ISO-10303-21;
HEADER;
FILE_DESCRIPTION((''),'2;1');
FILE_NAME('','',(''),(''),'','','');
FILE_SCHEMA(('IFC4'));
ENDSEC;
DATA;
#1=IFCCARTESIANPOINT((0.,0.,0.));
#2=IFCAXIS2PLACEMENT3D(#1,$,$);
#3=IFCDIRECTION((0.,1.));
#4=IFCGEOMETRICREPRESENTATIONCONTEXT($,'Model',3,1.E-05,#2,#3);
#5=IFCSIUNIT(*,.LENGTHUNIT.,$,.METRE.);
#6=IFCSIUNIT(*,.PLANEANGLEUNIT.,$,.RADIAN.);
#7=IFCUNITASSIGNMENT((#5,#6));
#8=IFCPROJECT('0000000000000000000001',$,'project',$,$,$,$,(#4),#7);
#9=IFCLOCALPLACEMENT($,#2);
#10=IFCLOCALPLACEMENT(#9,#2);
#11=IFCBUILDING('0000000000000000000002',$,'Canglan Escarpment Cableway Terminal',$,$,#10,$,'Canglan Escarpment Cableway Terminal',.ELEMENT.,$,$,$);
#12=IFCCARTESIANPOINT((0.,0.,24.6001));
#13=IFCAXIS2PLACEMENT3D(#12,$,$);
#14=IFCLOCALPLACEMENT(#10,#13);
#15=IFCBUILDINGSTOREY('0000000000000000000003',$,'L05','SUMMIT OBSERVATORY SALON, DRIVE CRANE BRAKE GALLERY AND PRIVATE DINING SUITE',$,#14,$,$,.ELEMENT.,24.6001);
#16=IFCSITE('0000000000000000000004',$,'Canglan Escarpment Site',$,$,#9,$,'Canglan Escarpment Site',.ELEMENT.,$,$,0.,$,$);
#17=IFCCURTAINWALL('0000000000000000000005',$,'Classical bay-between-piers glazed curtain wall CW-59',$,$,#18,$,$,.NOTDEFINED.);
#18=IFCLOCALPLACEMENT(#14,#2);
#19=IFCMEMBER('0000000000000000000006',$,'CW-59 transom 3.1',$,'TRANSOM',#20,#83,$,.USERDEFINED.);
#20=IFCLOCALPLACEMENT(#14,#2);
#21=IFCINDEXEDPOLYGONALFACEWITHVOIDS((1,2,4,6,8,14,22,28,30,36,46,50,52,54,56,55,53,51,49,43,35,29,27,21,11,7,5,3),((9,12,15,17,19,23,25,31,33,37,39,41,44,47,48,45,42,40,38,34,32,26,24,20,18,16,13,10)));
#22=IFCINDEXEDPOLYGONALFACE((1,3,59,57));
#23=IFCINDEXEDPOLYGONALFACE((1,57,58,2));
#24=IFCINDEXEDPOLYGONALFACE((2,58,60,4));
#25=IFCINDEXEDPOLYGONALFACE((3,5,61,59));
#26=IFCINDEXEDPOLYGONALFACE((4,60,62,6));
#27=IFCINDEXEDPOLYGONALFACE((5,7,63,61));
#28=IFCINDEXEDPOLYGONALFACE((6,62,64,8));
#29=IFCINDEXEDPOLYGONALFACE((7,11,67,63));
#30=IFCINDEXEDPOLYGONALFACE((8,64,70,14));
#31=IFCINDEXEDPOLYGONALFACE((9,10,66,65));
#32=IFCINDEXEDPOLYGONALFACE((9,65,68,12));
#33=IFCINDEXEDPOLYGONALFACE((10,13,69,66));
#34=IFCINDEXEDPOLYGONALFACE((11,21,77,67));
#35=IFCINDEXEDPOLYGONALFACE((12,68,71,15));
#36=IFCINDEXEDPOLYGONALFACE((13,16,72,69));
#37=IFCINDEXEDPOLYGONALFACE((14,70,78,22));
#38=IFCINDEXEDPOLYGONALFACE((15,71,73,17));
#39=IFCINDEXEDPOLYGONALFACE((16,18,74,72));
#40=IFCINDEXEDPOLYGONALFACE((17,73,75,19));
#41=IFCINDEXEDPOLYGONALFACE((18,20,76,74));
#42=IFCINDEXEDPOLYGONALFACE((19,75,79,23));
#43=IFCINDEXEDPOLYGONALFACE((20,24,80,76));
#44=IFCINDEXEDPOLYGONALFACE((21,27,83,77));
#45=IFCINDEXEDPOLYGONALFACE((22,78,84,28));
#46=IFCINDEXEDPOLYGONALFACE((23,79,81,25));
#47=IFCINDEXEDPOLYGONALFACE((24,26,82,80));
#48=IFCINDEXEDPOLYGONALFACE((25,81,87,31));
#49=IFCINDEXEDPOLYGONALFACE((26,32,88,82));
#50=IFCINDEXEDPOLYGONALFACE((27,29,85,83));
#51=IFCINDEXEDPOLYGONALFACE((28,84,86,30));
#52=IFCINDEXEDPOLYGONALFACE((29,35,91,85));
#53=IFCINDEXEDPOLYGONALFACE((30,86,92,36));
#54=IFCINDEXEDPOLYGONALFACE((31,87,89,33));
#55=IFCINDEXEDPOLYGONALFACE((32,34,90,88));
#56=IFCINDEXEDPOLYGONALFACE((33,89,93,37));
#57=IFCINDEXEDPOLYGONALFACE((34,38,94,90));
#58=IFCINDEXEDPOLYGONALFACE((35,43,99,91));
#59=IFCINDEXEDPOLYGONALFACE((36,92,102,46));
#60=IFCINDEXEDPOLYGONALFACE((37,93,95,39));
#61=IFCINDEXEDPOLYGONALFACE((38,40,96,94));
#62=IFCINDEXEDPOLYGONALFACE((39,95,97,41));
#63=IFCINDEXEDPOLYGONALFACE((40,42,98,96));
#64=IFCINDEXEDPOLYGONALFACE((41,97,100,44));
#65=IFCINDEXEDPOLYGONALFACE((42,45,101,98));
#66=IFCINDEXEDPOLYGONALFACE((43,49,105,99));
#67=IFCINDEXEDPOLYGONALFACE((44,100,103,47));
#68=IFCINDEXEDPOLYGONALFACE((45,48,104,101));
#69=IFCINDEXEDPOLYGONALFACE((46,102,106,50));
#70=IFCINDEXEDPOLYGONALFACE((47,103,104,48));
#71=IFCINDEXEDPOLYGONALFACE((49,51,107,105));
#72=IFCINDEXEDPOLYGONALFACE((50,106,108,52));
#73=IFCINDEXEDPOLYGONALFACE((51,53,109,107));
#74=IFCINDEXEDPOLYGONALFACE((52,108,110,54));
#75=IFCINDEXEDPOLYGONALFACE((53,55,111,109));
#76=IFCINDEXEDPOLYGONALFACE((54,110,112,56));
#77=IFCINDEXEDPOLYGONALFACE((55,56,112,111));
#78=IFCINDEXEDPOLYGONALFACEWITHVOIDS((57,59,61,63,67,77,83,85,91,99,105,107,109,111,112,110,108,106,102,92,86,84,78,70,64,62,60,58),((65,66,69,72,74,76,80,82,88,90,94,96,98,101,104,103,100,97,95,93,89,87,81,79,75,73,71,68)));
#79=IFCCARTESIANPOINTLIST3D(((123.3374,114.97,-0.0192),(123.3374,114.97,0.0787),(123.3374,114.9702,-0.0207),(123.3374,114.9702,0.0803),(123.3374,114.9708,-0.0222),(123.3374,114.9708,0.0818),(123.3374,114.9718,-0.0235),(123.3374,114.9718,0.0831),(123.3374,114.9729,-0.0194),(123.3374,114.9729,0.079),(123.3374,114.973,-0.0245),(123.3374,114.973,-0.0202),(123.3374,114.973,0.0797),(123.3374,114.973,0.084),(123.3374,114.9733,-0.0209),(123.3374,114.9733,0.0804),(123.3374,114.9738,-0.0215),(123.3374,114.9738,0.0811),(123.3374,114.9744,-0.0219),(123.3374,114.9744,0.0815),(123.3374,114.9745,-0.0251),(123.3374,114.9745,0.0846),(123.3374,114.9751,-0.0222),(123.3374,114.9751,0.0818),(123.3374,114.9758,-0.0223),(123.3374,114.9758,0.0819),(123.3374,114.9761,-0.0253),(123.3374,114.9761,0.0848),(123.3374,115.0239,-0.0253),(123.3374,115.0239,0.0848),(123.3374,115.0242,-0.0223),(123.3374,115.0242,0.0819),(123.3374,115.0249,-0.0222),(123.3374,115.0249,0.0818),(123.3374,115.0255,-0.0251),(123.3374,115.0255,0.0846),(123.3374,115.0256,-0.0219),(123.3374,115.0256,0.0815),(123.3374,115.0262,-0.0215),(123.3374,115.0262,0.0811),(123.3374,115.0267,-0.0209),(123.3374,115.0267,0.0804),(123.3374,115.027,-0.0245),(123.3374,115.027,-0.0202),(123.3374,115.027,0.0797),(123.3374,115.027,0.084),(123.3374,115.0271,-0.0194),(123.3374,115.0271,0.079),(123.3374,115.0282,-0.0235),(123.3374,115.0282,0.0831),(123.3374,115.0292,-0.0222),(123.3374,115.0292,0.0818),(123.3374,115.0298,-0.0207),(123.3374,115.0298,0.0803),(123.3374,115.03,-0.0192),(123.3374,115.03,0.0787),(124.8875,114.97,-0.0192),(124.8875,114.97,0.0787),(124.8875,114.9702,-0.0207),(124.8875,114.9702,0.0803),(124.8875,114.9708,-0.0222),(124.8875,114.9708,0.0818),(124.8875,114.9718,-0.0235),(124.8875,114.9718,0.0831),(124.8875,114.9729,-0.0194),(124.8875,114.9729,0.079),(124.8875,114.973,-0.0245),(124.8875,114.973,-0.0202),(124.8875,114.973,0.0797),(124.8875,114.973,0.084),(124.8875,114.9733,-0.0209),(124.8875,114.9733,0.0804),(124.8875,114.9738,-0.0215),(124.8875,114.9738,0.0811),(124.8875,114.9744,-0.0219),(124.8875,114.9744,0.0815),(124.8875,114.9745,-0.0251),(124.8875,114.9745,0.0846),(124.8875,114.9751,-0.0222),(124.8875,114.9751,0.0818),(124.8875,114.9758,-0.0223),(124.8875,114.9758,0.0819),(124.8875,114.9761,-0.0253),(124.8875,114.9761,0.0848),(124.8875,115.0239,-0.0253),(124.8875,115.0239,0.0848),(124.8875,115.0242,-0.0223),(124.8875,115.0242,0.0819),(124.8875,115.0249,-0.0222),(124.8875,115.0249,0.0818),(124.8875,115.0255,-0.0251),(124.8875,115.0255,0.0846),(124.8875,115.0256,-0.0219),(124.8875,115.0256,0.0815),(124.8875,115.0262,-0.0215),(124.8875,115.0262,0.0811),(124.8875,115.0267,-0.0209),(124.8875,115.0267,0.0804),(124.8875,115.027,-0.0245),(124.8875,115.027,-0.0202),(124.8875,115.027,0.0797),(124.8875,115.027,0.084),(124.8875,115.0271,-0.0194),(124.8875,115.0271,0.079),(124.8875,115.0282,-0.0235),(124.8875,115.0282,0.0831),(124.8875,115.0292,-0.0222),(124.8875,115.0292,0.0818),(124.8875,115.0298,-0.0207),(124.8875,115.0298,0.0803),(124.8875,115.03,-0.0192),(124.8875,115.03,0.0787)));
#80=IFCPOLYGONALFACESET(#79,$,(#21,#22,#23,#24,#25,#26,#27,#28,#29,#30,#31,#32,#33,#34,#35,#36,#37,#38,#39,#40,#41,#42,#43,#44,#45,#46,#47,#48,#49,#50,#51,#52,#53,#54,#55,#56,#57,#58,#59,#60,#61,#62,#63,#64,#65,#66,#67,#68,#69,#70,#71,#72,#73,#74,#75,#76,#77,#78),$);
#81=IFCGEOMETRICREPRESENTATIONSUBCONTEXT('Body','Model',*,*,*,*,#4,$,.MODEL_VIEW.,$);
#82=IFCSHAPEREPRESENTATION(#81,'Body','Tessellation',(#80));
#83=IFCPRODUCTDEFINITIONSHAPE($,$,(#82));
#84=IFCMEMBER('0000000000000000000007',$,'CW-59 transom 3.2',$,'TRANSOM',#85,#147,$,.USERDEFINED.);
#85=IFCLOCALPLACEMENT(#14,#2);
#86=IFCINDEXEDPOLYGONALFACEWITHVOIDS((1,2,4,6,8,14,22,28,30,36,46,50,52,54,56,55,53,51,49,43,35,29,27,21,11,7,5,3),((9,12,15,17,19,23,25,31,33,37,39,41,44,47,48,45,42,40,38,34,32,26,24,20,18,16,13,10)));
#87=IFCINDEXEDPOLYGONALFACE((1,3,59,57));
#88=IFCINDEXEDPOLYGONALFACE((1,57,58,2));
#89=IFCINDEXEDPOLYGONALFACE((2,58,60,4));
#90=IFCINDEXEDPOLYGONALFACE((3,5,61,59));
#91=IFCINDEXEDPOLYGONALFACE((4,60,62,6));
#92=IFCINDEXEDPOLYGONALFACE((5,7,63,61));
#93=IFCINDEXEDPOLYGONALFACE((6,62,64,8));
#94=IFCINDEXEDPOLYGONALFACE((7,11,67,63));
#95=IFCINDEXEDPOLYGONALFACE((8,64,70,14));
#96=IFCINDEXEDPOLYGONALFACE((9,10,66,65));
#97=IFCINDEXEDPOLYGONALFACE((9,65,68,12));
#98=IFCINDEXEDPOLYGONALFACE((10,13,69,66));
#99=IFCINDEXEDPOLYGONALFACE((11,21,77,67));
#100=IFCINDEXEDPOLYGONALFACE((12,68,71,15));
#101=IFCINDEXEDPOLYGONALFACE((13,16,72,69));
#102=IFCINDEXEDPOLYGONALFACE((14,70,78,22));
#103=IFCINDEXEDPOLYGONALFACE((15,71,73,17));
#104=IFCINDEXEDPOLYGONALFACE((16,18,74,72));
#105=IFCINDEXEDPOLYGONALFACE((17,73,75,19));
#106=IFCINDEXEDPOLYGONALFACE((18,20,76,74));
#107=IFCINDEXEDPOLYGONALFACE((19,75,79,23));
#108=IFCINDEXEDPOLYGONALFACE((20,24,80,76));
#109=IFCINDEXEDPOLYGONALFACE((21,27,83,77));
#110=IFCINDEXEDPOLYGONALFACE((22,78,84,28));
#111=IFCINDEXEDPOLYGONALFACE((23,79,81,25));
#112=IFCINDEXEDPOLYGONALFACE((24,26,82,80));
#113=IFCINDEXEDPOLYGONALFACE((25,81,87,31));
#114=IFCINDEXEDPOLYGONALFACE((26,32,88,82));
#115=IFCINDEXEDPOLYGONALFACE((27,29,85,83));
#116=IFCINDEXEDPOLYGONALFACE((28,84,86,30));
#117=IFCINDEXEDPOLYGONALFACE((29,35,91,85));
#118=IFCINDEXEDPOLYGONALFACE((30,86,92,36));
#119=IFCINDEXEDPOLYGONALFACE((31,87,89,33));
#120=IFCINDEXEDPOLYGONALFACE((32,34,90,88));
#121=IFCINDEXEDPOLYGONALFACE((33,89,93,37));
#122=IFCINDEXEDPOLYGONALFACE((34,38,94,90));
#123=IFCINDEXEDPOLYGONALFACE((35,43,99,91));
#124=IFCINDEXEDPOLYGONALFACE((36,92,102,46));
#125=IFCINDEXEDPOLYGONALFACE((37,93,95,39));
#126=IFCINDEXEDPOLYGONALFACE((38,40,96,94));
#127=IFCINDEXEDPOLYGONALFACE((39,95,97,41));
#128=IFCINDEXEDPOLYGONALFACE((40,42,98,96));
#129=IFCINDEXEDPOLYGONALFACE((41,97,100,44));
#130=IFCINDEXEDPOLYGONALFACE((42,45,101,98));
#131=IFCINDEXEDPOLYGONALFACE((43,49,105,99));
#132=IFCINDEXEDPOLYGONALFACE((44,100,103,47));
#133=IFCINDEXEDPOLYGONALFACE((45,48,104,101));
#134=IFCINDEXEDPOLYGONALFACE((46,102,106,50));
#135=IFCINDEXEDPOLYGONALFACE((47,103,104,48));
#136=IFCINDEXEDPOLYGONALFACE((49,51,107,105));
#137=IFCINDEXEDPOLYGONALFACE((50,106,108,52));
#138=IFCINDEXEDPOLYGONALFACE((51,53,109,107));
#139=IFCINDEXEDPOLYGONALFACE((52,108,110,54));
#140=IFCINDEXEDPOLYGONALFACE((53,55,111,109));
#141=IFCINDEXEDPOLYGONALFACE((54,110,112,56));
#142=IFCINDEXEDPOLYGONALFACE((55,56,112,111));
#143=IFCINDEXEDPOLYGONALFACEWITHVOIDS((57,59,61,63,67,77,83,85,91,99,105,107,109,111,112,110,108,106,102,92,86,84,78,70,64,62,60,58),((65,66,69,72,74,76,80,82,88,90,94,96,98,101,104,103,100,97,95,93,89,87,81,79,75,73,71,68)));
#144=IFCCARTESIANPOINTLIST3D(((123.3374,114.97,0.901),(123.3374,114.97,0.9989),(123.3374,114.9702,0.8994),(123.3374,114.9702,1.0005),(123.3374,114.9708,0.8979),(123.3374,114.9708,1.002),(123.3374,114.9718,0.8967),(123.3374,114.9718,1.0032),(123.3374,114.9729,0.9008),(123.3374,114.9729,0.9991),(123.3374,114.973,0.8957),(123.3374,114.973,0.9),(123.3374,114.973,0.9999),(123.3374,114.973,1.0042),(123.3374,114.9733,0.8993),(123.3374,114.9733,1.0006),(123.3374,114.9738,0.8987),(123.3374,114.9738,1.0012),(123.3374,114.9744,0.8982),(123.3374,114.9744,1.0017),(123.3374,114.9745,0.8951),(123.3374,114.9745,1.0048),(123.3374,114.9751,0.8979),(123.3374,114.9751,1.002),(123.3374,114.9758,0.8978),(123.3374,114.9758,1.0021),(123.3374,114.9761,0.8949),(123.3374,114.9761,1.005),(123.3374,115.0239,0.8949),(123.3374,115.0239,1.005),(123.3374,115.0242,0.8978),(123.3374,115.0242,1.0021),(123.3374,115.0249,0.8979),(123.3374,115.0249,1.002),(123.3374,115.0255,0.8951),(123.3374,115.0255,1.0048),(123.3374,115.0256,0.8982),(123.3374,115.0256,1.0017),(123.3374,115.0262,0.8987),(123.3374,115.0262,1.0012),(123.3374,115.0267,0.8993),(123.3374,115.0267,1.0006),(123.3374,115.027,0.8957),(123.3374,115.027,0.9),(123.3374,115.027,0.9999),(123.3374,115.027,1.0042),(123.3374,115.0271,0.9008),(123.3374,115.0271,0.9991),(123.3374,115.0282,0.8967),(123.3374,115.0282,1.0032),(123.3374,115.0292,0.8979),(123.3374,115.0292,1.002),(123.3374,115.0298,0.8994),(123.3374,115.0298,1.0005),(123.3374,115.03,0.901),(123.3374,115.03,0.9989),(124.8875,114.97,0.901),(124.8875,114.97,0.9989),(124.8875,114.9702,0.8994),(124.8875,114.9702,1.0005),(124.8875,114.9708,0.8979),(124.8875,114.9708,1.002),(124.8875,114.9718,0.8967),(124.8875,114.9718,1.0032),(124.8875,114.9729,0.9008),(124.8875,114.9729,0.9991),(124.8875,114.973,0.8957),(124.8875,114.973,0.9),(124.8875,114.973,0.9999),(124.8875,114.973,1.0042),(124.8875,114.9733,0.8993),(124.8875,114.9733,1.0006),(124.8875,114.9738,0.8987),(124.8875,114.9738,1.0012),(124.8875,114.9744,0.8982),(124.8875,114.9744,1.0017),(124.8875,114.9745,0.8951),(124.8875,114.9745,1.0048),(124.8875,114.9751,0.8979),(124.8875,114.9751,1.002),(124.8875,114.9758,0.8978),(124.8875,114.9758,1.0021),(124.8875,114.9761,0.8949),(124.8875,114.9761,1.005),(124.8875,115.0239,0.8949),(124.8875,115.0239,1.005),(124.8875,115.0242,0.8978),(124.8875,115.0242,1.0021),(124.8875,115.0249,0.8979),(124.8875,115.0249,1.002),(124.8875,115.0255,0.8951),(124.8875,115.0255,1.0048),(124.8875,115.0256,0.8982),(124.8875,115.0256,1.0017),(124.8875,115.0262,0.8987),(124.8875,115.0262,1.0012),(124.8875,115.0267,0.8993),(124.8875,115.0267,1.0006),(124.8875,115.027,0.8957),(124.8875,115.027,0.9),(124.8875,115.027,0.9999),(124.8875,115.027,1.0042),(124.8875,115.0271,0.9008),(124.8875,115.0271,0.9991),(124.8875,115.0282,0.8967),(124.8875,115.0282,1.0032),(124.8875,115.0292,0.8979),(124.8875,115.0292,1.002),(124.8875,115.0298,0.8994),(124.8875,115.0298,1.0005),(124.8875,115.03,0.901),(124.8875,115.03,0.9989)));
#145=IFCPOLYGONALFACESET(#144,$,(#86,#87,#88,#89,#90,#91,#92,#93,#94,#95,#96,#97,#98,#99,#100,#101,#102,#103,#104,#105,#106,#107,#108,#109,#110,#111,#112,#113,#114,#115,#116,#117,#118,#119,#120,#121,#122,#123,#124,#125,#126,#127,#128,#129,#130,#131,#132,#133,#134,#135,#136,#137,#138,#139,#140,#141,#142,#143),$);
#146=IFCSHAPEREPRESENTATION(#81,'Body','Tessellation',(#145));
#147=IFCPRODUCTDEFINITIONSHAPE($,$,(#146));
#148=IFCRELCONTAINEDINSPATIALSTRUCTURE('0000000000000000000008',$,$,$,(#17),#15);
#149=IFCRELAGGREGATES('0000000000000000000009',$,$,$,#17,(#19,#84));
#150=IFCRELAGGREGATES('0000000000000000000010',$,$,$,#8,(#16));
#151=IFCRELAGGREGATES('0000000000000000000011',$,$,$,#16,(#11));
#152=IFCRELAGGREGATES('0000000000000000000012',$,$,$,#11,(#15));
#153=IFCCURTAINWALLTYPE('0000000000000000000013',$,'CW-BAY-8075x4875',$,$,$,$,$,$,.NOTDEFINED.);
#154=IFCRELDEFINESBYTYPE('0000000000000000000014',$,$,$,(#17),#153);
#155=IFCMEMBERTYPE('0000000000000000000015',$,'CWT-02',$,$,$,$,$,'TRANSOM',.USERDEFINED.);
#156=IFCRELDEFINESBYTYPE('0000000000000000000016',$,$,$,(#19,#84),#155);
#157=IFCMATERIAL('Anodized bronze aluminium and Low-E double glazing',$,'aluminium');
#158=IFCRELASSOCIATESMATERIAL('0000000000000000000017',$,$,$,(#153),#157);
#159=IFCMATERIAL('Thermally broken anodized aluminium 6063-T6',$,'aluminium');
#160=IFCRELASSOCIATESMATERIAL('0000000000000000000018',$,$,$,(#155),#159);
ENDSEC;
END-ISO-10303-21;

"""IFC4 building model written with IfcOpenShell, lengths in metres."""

from ifc_helpers import new_model, si_unit, direction, frame, origin, origin_2d, place, context, subcontext, project, spatial, hollow_rectangle, extrude, material, material_profile, profile_set, type_object, element, aggregate, save


model = new_model("IFC4")

# Units and contexts
model_context = context("Model", 3, precision=1e-05, world=origin(), true_north=direction((0.0, 1.0)))
body_context = subcontext(model_context, "Body", "Model", "MODEL_VIEW")
ifc_project = project(units=[si_unit("LENGTHUNIT", "METRE"), si_unit("PLANEANGLEUNIT", "RADIAN")], contexts=[model_context])

# Site, building, storey
site_placement = place(None, origin())
site = spatial("IfcSite", under=ifc_project, at=site_placement, Name="Canglan Escarpment Site", LongName="Canglan Escarpment Site", CompositionType="ELEMENT", RefElevation=0.0)
building_placement = place(site_placement, origin())
building = spatial("IfcBuilding", under=site, at=building_placement, Name="Canglan Escarpment Cableway Terminal", LongName="Canglan Escarpment Cableway Terminal", CompositionType="ELEMENT")
storey_placement = place(building_placement, frame((0.0, 0.0, 24.6001)))
storey = spatial("IfcBuildingStorey", under=building, at=storey_placement, Name="L05", Description="SUMMIT OBSERVATORY SALON, DRIVE CRANE BRAKE GALLERY AND PRIVATE DINING SUITE", CompositionType="ELEMENT", Elevation=24.6001)

# Curtain wall
ifc_material_1 = material(Name="Anodized bronze aluminium and Low-E double glazing", Category="aluminium")
curtain_wall_type = type_object("IfcCurtainWallType", Name="CW-BAY-8075x4875", PredefinedType="NOTDEFINED", material=ifc_material_1)
curtain_wall_1_placement = place(storey_placement, origin())
curtain_wall_1 = element("IfcCurtainWall", 1, at=curtain_wall_1_placement, inside=storey, type_object=curtain_wall_type, Name="Classical bay-between-piers glazed curtain wall CW-59", PredefinedType="NOTDEFINED")
ifc_material_2 = material(Name="Thermally broken anodized aluminium 6063-T6", Category="aluminium")

# Members
ifc_material_profile_1 = material_profile(ifc_material_2, hollow_rectangle(XDim=0.0601, YDim=0.1101, WallThickness=0.0029, InnerFilletRadius=0.0029, OuterFilletRadius=0.0061, at=origin_2d()), Name="ALU-TRAN 60x110x3")
ifc_profile_set_1 = profile_set([ifc_material_profile_1], Name="Thermally broken anodized aluminium 6063-T6")
member_type_1 = type_object("IfcMemberType", Name="CWT-02", ElementType="TRANSOM", PredefinedType="USERDEFINED", material=ifc_profile_set_1)
member_1_placement = place(storey_placement, frame((124.8875, 115.0, 0.0298), z_axis=(-1.0, 0.0, 0.0), x_axis=(0.0, -1.0, 0.0)))
member_1 = element("IfcMember", 2, at=member_1_placement, type_object=member_type_1, Name="CW-59 transom 3.1", ObjectType="TRANSOM", PredefinedType="USERDEFINED", context=body_context, shape_type="SweptSolid", body=[
    extrude(hollow_rectangle(XDim=0.0601, YDim=0.1101, WallThickness=0.0029, InnerFilletRadius=0.0029, OuterFilletRadius=0.0061, at=origin_2d()), origin(), (0.0, 0.0, 1.0), 1.55),
])
member_2_placement = place(storey_placement, frame((124.8875, 115.0, 0.95), z_axis=(-1.0, 0.0, 0.0), x_axis=(0.0, -1.0, 0.0)))
member_2 = element("IfcMember", 3, at=member_2_placement, type_object=member_type_1, Name="CW-59 transom 3.2", ObjectType="TRANSOM", PredefinedType="USERDEFINED", context=body_context, shape_type="SweptSolid", body=[
    extrude(hollow_rectangle(XDim=0.0601, YDim=0.1101, WallThickness=0.0029, InnerFilletRadius=0.0029, OuterFilletRadius=0.0061, at=origin_2d()), origin(), (0.0, 0.0, 1.0), 1.55),
])

aggregate(curtain_wall_1, [member_1, member_2])

save(model, "model.ifc")
